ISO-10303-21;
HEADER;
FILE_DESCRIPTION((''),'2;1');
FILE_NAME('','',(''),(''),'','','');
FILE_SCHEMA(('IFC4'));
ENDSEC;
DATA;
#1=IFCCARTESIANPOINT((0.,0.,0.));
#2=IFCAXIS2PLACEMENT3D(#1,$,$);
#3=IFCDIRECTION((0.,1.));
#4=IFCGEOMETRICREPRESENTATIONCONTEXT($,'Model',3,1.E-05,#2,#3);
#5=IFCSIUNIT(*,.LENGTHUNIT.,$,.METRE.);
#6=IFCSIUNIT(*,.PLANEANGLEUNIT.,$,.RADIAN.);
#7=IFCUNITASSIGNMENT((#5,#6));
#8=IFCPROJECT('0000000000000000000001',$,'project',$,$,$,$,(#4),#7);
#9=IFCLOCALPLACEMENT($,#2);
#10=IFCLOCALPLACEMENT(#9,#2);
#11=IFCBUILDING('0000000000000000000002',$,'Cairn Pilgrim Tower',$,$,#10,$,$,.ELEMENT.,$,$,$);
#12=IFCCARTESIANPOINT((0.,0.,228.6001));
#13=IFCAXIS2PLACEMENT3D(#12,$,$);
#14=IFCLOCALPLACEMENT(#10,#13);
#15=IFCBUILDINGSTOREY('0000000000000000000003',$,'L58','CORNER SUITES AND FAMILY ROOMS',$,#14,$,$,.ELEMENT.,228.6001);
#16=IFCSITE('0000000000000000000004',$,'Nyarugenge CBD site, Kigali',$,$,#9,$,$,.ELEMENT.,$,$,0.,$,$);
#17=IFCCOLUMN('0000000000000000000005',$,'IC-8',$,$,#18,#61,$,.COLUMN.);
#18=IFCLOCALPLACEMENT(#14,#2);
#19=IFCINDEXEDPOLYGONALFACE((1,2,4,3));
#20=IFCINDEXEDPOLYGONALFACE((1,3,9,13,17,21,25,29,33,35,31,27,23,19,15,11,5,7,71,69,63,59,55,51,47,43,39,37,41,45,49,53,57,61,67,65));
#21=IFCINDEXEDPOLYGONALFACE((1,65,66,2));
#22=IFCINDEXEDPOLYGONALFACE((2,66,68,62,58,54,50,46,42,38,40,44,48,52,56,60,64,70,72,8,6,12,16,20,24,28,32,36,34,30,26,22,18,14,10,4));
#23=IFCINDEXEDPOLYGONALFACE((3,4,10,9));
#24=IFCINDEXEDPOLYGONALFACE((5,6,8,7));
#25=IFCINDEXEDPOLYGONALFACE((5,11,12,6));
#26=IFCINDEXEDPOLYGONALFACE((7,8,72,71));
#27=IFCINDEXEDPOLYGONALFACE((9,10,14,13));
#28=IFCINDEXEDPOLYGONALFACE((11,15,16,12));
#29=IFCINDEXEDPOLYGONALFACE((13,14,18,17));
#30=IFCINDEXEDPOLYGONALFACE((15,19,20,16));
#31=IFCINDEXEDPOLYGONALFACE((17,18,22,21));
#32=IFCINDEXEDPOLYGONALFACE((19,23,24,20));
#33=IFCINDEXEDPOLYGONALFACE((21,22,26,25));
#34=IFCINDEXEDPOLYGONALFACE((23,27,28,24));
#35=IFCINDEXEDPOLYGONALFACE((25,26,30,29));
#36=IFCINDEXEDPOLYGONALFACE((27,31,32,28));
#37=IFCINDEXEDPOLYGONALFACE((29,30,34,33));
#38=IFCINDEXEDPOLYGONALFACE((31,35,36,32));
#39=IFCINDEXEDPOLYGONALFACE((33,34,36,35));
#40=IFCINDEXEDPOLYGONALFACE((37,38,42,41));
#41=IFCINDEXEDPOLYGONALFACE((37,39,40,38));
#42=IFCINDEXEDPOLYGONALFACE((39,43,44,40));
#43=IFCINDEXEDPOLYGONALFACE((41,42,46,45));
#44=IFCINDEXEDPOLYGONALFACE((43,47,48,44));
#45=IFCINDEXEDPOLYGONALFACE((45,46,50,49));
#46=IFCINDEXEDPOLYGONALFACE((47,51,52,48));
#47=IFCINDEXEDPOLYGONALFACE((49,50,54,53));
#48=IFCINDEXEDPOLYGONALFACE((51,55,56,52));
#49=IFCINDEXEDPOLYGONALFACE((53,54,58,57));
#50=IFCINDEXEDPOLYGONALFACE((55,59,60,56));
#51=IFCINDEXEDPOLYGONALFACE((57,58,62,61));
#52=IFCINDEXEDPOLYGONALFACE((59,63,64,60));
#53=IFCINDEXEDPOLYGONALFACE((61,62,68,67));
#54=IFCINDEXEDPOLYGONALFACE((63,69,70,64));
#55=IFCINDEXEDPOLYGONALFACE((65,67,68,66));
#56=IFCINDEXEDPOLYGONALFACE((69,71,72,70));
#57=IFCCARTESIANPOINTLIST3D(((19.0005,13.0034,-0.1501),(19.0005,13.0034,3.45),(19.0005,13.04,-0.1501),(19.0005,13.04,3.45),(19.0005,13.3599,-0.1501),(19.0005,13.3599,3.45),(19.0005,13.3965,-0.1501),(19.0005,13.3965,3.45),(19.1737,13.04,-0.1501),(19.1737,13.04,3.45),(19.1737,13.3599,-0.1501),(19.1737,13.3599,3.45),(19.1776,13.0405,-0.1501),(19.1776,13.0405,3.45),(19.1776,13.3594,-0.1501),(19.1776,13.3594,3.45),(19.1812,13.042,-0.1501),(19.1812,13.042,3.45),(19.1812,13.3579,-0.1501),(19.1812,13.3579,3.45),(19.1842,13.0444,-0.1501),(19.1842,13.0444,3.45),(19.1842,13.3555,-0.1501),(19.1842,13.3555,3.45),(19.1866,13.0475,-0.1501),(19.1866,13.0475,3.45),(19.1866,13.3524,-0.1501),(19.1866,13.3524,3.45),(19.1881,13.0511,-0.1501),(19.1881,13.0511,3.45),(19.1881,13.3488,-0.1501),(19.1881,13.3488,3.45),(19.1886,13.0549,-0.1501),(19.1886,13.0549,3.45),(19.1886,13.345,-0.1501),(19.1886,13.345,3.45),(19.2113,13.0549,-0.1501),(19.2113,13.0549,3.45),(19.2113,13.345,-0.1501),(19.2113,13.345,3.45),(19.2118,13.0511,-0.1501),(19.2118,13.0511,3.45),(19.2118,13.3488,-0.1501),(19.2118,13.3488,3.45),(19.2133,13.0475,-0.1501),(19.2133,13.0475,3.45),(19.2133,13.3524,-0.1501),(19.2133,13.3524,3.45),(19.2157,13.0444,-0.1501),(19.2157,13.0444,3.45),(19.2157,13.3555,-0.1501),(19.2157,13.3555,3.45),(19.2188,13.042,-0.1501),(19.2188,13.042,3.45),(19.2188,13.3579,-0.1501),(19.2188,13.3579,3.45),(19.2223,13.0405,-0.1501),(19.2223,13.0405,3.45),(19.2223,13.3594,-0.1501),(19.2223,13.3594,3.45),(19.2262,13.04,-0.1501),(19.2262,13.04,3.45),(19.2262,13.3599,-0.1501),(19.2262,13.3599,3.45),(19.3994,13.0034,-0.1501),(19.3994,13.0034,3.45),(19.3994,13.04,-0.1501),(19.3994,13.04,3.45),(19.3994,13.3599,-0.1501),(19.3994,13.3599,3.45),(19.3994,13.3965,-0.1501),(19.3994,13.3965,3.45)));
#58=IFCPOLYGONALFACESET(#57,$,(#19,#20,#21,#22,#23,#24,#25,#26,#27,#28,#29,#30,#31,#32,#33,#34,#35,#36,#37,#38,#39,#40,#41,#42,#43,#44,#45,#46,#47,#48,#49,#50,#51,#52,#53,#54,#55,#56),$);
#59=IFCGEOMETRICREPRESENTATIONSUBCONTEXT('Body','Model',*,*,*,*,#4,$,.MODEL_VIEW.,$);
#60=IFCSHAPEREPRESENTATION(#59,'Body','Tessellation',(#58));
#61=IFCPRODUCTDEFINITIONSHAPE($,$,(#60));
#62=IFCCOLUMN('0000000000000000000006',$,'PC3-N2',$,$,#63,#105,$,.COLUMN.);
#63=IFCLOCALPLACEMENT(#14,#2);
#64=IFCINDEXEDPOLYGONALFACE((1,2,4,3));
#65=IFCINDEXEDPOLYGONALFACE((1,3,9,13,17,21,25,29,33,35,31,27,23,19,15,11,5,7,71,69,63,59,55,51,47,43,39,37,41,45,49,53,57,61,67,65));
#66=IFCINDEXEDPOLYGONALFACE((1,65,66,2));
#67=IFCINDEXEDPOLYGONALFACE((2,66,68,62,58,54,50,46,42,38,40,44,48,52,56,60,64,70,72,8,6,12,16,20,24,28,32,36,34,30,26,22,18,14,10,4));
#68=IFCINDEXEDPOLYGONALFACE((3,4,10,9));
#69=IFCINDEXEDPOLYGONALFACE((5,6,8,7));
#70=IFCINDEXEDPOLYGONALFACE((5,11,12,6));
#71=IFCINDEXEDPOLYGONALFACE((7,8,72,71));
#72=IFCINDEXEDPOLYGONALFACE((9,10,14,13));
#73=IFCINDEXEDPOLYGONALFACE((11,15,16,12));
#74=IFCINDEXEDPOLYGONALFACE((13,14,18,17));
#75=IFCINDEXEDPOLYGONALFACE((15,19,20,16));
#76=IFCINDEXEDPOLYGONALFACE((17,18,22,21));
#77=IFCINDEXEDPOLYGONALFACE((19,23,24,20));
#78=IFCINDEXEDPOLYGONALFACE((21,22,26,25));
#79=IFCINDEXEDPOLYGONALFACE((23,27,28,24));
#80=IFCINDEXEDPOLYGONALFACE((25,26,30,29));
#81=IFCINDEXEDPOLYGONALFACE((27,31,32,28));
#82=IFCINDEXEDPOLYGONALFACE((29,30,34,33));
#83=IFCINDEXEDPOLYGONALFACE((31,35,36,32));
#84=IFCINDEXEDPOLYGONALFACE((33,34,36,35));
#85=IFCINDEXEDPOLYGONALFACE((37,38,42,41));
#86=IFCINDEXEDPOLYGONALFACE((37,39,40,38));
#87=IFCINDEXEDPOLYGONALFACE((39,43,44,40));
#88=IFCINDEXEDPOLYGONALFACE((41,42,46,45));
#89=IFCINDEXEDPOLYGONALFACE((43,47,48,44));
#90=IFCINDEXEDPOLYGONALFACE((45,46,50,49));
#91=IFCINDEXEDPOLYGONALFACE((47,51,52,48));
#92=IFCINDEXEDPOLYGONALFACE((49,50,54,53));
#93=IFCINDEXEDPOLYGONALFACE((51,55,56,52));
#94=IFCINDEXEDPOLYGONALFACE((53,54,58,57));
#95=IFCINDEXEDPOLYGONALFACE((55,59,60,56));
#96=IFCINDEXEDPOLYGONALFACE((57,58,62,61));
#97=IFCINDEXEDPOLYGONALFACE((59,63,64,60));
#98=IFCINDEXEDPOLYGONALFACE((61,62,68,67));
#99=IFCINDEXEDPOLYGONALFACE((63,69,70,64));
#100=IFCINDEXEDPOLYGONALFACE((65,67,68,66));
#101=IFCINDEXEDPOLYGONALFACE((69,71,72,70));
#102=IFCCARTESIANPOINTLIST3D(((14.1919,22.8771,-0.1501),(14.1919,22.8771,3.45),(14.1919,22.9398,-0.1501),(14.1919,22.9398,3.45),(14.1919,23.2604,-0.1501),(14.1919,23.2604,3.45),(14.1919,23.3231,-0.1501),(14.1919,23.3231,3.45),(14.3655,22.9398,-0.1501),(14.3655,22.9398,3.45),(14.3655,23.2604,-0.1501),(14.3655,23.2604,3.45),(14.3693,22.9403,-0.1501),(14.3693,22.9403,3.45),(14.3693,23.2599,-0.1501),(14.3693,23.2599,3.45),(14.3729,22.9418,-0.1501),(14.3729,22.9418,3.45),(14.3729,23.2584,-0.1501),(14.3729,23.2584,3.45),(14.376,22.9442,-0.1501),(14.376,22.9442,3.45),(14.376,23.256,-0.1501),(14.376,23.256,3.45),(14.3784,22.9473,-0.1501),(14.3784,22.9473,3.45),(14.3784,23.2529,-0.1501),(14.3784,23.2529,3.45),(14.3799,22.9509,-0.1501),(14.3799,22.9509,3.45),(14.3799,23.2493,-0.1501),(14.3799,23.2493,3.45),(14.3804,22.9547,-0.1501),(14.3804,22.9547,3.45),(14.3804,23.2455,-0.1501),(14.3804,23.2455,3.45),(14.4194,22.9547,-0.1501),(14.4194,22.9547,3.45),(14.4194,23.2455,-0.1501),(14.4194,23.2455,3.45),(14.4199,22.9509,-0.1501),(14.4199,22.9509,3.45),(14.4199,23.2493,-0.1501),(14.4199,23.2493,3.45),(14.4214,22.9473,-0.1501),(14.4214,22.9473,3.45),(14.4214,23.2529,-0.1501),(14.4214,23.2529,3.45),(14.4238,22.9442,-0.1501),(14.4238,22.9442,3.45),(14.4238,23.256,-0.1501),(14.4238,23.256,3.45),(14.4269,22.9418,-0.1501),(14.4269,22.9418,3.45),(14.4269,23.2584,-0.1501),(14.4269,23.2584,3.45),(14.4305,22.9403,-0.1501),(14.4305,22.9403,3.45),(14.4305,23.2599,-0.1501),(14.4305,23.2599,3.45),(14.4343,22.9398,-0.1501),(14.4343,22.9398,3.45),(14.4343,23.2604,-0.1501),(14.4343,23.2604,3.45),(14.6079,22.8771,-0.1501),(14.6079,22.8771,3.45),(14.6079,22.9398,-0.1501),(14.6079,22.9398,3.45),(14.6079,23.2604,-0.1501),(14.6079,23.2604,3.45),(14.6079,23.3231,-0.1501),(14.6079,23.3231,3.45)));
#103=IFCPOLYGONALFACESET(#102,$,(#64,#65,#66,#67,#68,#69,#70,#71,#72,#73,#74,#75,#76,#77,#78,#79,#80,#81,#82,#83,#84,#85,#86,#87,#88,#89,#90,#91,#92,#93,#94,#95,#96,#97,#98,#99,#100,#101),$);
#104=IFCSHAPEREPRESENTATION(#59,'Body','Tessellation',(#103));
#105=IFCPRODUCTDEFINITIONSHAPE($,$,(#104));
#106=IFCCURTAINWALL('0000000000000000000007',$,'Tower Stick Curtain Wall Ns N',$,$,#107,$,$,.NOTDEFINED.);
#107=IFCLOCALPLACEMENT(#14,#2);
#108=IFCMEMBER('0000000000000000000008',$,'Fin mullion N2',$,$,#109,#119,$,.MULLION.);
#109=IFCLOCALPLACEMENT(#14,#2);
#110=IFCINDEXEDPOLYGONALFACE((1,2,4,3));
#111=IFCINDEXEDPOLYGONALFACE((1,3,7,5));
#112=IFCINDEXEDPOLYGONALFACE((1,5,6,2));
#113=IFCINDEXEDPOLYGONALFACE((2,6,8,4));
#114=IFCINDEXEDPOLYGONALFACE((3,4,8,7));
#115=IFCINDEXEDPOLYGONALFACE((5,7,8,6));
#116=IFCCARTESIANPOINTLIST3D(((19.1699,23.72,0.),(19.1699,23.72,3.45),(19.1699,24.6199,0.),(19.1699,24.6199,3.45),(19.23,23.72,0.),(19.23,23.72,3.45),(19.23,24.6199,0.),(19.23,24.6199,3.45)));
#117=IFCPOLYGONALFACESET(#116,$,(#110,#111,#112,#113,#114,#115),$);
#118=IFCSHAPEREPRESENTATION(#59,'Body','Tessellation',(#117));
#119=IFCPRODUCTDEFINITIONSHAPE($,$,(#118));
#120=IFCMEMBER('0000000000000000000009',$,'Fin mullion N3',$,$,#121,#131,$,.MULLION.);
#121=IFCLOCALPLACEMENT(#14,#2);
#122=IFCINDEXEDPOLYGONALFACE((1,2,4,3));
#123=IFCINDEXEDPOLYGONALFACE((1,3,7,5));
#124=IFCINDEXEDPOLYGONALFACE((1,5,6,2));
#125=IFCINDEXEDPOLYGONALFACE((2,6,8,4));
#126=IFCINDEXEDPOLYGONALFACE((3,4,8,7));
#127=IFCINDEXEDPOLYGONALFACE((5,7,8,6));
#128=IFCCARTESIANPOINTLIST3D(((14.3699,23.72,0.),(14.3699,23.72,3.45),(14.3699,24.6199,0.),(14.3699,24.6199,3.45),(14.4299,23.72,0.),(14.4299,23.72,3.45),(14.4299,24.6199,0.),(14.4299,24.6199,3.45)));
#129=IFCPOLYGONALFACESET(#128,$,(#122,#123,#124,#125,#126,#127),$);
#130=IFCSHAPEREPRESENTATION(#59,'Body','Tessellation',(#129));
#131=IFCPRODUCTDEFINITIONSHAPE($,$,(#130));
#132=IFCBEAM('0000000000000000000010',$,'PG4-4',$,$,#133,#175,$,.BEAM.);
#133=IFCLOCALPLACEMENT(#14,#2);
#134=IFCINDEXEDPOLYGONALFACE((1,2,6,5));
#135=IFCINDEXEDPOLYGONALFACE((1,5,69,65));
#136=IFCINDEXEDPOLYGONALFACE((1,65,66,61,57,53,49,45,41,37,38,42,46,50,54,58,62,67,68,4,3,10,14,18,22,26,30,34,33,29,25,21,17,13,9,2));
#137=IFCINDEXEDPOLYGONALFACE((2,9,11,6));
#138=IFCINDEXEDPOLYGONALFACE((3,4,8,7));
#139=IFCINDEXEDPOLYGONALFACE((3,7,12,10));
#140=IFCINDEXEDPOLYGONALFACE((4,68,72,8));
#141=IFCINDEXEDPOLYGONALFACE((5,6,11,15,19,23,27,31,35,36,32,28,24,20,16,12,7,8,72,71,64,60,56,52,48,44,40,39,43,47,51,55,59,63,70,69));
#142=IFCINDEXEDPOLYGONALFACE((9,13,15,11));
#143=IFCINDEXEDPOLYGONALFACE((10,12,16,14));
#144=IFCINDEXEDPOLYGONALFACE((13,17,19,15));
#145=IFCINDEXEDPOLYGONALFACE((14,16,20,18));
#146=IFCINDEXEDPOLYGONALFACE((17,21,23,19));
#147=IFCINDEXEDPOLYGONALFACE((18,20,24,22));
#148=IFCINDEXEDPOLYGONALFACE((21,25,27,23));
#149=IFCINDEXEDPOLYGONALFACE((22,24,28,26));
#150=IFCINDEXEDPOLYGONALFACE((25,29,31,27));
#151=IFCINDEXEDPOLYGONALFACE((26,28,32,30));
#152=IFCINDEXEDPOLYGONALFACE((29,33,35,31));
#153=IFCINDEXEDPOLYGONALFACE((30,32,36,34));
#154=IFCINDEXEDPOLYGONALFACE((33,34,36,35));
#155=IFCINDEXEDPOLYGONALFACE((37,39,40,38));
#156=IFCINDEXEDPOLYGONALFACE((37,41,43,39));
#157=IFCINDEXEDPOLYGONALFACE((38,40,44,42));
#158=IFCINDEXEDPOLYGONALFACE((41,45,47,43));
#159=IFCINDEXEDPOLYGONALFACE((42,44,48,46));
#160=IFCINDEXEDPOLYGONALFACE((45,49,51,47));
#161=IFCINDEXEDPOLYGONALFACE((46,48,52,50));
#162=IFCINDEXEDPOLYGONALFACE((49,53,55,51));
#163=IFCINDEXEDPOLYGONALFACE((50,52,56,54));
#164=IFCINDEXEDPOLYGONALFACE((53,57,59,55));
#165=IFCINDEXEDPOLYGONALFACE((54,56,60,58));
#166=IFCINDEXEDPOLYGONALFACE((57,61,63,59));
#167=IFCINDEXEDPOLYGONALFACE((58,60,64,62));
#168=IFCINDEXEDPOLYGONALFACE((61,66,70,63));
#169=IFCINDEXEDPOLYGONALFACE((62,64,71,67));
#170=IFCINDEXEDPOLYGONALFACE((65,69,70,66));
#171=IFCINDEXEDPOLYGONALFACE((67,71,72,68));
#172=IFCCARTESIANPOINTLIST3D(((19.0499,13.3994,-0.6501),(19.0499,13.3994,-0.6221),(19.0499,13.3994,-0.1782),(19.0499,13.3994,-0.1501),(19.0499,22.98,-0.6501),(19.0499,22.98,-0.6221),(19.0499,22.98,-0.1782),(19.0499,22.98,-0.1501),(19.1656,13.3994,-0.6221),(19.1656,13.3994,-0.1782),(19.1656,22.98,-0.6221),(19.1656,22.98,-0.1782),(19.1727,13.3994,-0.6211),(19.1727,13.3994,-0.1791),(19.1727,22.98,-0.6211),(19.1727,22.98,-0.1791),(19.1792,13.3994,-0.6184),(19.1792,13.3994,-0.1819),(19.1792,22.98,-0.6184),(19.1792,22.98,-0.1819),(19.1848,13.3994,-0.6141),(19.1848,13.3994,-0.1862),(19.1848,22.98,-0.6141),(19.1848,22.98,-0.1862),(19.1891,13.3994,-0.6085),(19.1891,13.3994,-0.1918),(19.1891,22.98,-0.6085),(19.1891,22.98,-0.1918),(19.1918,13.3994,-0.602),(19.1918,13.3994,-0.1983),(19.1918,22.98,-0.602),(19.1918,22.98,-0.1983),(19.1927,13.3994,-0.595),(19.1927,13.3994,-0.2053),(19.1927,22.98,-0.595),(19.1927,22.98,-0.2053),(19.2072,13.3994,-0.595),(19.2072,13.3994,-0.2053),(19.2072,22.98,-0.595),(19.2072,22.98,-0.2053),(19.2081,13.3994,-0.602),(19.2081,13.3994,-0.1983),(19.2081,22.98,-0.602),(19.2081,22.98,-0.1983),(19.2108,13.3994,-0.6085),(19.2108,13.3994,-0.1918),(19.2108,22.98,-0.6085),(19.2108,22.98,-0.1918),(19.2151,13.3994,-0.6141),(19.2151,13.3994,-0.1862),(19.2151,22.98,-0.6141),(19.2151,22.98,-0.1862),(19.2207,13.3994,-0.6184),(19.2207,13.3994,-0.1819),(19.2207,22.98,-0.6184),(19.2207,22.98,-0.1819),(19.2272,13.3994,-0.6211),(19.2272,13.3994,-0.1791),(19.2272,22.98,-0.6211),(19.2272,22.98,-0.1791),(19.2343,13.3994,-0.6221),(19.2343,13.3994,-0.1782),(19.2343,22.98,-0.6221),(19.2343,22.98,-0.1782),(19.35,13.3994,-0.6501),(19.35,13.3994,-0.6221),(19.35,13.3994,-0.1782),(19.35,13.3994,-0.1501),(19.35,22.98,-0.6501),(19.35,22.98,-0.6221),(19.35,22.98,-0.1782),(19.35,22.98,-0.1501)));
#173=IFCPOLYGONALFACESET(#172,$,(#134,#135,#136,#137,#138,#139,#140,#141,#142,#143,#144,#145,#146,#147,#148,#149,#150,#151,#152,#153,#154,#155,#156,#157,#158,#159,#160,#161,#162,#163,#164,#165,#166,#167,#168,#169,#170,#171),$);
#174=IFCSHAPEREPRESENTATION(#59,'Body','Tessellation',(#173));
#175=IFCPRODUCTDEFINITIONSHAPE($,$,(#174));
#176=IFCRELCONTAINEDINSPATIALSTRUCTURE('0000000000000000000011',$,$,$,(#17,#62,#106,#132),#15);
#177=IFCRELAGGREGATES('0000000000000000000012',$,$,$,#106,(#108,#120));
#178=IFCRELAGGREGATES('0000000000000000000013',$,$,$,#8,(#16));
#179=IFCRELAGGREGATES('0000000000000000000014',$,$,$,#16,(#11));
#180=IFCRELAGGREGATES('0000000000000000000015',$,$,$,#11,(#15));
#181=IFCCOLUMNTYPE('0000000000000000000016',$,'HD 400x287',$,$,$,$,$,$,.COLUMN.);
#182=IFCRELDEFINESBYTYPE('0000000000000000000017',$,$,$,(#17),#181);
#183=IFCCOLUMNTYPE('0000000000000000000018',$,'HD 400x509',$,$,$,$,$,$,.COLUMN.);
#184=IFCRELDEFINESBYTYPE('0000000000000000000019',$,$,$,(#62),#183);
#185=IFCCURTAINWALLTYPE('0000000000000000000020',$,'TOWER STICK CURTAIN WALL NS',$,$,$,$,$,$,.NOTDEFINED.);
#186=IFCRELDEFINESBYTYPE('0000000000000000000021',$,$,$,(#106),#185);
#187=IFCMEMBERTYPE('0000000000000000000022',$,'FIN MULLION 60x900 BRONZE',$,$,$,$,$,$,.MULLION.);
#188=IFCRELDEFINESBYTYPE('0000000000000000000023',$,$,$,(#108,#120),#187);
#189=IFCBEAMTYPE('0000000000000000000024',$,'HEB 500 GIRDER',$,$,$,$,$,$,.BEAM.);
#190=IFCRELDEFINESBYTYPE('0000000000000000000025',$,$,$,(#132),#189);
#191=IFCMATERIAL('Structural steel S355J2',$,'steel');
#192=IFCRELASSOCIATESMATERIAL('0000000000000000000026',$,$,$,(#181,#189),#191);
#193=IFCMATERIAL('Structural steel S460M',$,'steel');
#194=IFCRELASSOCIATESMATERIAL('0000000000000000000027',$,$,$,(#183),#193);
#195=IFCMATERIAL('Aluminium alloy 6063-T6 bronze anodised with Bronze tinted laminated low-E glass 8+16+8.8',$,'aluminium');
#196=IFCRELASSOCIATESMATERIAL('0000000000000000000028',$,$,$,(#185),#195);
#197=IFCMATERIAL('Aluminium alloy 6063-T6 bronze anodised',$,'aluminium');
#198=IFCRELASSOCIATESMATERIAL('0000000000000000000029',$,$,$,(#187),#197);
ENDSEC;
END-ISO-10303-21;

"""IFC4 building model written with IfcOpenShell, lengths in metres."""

from ifc_helpers import new_model, si_unit, direction, frame, origin, origin_2d, place, context, subcontext, project, spatial, rectangle, i_section, extrude, material, material_profile, profile_set, type_object, element, aggregate, save


model = new_model("IFC4")

# Units and contexts
model_context = context("Model", 3, precision=1e-05, world=origin(), true_north=direction((0.0, 1.0)))
body_context = subcontext(model_context, "Body", "Model", "MODEL_VIEW")
ifc_project = project(units=[si_unit("LENGTHUNIT", "METRE"), si_unit("PLANEANGLEUNIT", "RADIAN")], contexts=[model_context])

# Site, building, storey
site_placement = place(None, origin())
site = spatial("IfcSite", under=ifc_project, at=site_placement, Name="Nyarugenge CBD site, Kigali", CompositionType="ELEMENT", RefElevation=0.0)
building_placement = place(site_placement, origin())
building = spatial("IfcBuilding", under=site, at=building_placement, Name="Cairn Pilgrim Tower", CompositionType="ELEMENT")
storey_placement = place(building_placement, frame((0.0, 0.0, 228.6001)))
storey = spatial("IfcBuildingStorey", under=building, at=storey_placement, Name="L58", Description="CORNER SUITES AND FAMILY ROOMS", CompositionType="ELEMENT", Elevation=228.6001)

# Columns
ifc_material_1 = material(Name="Structural steel S355J2", Category="steel")
ifc_material_profile_1 = material_profile(ifc_material_1, i_section(OverallWidth=0.3989, OverallDepth=0.3931, WebThickness=0.0227, FlangeThickness=0.0366, FilletRadius=0.0149, at=origin_2d()), Name="HD 400x287")
ifc_profile_set_1 = profile_set([ifc_material_profile_1], Name="Structural steel S355J2")
column_type_1 = type_object("IfcColumnType", Name="HD 400x287", PredefinedType="COLUMN", material=ifc_profile_set_1)
column_1_placement = place(storey_placement, frame((19.2, 13.2, -0.1501), z_axis=(0.0, 0.0, 1.0), x_axis=(1.0, 0.0, 0.0)))
element("IfcColumn", 1, at=column_1_placement, inside=storey, type_object=column_type_1, Name="IC-8", PredefinedType="COLUMN", context=body_context, shape_type="SweptSolid", body=[
    extrude(i_section(OverallWidth=0.3989, OverallDepth=0.3931, WebThickness=0.0227, FlangeThickness=0.0366, FilletRadius=0.0149, at=origin_2d()), origin(), (0.0, 0.0, 1.0), 3.6001),
])
ifc_material_2 = material(Name="Structural steel S460M", Category="steel")
ifc_material_profile_2 = material_profile(ifc_material_2, i_section(OverallWidth=0.416, OverallDepth=0.446, WebThickness=0.0391, FlangeThickness=0.0627, FilletRadius=0.0149, at=origin_2d()), Name="HD 400x509")
ifc_profile_set_2 = profile_set([ifc_material_profile_2], Name="Structural steel S460M")
column_type_2 = type_object("IfcColumnType", Name="HD 400x509", PredefinedType="COLUMN", material=ifc_profile_set_2)
column_2_placement = place(storey_placement, frame((14.3999, 23.1001, -0.1501), z_axis=(0.0, 0.0, 1.0), x_axis=(1.0, 0.0, 0.0)))
element("IfcColumn", 2, at=column_2_placement, inside=storey, type_object=column_type_2, Name="PC3-N2", PredefinedType="COLUMN", context=body_context, shape_type="SweptSolid", body=[
    extrude(i_section(OverallWidth=0.416, OverallDepth=0.446, WebThickness=0.0391, FlangeThickness=0.0627, FilletRadius=0.0149, at=origin_2d()), origin(), (0.0, 0.0, 1.0), 3.6001),
])

# Curtain wall, members
ifc_material_3 = material(Name="Aluminium alloy 6063-T6 bronze anodised with Bronze tinted laminated low-E glass 8+16+8.8", Category="aluminium")
curtain_wall_type = type_object("IfcCurtainWallType", Name="TOWER STICK CURTAIN WALL NS", PredefinedType="NOTDEFINED", material=ifc_material_3)
curtain_wall_placement = place(storey_placement, origin())
curtain_wall = element("IfcCurtainWall", 3, at=curtain_wall_placement, inside=storey, type_object=curtain_wall_type, Name="Tower Stick Curtain Wall Ns N", PredefinedType="NOTDEFINED")
ifc_material_4 = material(Name="Aluminium alloy 6063-T6 bronze anodised", Category="aluminium")
ifc_material_profile_3 = material_profile(ifc_material_4, rectangle(XDim=0.8999, YDim=0.0601, at=origin_2d()), Name="FIN MULLION 60x900 BRONZE")
ifc_profile_set_3 = profile_set([ifc_material_profile_3], Name="Aluminium alloy 6063-T6 bronze anodised")
member_type_1 = type_object("IfcMemberType", Name="FIN MULLION 60x900 BRONZE", PredefinedType="MULLION", material=ifc_profile_set_3)
member_1_placement = place(storey_placement, frame((19.2, 24.1699, 0.0), z_axis=(0.0, 0.0, 1.0), x_axis=(0.0, 1.0, 0.0)))
member_1 = element("IfcMember", 4, at=member_1_placement, type_object=member_type_1, Name="Fin mullion N2", PredefinedType="MULLION", context=body_context, shape_type="SweptSolid", body=[
    extrude(rectangle(XDim=0.8999, YDim=0.0601, at=origin_2d()), origin(), (0.0, 0.0, 1.0), 3.45),
])
member_2_placement = place(storey_placement, frame((14.3999, 24.1699, 0.0), z_axis=(0.0, 0.0, 1.0), x_axis=(0.0, 1.0, 0.0)))
member_2 = element("IfcMember", 5, at=member_2_placement, type_object=member_type_1, Name="Fin mullion N3", PredefinedType="MULLION", context=body_context, shape_type="SweptSolid", body=[
    extrude(rectangle(XDim=0.8999, YDim=0.0601, at=origin_2d()), origin(), (0.0, 0.0, 1.0), 3.45),
])

# Beam
ifc_material_profile_4 = material_profile(ifc_material_1, i_section(OverallWidth=0.3, OverallDepth=0.5, WebThickness=0.0144, FlangeThickness=0.0281, FilletRadius=0.0271, at=origin_2d()), Name="HEB 500")
ifc_profile_set_4 = profile_set([ifc_material_profile_4], Name="Structural steel S355J2")
beam_type_1 = type_object("IfcBeamType", Name="HEB 500 GIRDER", PredefinedType="BEAM", material=ifc_profile_set_4)
beam_1_placement = place(storey_placement, frame((19.2, 13.3994, -0.4001), z_axis=(0.0, 1.0, 0.0), x_axis=(-1.0, 0.0, 0.0)))
element("IfcBeam", 6, at=beam_1_placement, inside=storey, type_object=beam_type_1, Name="PG4-4", PredefinedType="BEAM", context=body_context, shape_type="SweptSolid", body=[
    extrude(i_section(OverallWidth=0.3, OverallDepth=0.5, WebThickness=0.0144, FlangeThickness=0.0281, FilletRadius=0.0271, at=origin_2d()), origin(), (0.0, 0.0, 1.0), 9.5806),
])

aggregate(curtain_wall, [member_1, member_2])

save(model, "model.ifc")
